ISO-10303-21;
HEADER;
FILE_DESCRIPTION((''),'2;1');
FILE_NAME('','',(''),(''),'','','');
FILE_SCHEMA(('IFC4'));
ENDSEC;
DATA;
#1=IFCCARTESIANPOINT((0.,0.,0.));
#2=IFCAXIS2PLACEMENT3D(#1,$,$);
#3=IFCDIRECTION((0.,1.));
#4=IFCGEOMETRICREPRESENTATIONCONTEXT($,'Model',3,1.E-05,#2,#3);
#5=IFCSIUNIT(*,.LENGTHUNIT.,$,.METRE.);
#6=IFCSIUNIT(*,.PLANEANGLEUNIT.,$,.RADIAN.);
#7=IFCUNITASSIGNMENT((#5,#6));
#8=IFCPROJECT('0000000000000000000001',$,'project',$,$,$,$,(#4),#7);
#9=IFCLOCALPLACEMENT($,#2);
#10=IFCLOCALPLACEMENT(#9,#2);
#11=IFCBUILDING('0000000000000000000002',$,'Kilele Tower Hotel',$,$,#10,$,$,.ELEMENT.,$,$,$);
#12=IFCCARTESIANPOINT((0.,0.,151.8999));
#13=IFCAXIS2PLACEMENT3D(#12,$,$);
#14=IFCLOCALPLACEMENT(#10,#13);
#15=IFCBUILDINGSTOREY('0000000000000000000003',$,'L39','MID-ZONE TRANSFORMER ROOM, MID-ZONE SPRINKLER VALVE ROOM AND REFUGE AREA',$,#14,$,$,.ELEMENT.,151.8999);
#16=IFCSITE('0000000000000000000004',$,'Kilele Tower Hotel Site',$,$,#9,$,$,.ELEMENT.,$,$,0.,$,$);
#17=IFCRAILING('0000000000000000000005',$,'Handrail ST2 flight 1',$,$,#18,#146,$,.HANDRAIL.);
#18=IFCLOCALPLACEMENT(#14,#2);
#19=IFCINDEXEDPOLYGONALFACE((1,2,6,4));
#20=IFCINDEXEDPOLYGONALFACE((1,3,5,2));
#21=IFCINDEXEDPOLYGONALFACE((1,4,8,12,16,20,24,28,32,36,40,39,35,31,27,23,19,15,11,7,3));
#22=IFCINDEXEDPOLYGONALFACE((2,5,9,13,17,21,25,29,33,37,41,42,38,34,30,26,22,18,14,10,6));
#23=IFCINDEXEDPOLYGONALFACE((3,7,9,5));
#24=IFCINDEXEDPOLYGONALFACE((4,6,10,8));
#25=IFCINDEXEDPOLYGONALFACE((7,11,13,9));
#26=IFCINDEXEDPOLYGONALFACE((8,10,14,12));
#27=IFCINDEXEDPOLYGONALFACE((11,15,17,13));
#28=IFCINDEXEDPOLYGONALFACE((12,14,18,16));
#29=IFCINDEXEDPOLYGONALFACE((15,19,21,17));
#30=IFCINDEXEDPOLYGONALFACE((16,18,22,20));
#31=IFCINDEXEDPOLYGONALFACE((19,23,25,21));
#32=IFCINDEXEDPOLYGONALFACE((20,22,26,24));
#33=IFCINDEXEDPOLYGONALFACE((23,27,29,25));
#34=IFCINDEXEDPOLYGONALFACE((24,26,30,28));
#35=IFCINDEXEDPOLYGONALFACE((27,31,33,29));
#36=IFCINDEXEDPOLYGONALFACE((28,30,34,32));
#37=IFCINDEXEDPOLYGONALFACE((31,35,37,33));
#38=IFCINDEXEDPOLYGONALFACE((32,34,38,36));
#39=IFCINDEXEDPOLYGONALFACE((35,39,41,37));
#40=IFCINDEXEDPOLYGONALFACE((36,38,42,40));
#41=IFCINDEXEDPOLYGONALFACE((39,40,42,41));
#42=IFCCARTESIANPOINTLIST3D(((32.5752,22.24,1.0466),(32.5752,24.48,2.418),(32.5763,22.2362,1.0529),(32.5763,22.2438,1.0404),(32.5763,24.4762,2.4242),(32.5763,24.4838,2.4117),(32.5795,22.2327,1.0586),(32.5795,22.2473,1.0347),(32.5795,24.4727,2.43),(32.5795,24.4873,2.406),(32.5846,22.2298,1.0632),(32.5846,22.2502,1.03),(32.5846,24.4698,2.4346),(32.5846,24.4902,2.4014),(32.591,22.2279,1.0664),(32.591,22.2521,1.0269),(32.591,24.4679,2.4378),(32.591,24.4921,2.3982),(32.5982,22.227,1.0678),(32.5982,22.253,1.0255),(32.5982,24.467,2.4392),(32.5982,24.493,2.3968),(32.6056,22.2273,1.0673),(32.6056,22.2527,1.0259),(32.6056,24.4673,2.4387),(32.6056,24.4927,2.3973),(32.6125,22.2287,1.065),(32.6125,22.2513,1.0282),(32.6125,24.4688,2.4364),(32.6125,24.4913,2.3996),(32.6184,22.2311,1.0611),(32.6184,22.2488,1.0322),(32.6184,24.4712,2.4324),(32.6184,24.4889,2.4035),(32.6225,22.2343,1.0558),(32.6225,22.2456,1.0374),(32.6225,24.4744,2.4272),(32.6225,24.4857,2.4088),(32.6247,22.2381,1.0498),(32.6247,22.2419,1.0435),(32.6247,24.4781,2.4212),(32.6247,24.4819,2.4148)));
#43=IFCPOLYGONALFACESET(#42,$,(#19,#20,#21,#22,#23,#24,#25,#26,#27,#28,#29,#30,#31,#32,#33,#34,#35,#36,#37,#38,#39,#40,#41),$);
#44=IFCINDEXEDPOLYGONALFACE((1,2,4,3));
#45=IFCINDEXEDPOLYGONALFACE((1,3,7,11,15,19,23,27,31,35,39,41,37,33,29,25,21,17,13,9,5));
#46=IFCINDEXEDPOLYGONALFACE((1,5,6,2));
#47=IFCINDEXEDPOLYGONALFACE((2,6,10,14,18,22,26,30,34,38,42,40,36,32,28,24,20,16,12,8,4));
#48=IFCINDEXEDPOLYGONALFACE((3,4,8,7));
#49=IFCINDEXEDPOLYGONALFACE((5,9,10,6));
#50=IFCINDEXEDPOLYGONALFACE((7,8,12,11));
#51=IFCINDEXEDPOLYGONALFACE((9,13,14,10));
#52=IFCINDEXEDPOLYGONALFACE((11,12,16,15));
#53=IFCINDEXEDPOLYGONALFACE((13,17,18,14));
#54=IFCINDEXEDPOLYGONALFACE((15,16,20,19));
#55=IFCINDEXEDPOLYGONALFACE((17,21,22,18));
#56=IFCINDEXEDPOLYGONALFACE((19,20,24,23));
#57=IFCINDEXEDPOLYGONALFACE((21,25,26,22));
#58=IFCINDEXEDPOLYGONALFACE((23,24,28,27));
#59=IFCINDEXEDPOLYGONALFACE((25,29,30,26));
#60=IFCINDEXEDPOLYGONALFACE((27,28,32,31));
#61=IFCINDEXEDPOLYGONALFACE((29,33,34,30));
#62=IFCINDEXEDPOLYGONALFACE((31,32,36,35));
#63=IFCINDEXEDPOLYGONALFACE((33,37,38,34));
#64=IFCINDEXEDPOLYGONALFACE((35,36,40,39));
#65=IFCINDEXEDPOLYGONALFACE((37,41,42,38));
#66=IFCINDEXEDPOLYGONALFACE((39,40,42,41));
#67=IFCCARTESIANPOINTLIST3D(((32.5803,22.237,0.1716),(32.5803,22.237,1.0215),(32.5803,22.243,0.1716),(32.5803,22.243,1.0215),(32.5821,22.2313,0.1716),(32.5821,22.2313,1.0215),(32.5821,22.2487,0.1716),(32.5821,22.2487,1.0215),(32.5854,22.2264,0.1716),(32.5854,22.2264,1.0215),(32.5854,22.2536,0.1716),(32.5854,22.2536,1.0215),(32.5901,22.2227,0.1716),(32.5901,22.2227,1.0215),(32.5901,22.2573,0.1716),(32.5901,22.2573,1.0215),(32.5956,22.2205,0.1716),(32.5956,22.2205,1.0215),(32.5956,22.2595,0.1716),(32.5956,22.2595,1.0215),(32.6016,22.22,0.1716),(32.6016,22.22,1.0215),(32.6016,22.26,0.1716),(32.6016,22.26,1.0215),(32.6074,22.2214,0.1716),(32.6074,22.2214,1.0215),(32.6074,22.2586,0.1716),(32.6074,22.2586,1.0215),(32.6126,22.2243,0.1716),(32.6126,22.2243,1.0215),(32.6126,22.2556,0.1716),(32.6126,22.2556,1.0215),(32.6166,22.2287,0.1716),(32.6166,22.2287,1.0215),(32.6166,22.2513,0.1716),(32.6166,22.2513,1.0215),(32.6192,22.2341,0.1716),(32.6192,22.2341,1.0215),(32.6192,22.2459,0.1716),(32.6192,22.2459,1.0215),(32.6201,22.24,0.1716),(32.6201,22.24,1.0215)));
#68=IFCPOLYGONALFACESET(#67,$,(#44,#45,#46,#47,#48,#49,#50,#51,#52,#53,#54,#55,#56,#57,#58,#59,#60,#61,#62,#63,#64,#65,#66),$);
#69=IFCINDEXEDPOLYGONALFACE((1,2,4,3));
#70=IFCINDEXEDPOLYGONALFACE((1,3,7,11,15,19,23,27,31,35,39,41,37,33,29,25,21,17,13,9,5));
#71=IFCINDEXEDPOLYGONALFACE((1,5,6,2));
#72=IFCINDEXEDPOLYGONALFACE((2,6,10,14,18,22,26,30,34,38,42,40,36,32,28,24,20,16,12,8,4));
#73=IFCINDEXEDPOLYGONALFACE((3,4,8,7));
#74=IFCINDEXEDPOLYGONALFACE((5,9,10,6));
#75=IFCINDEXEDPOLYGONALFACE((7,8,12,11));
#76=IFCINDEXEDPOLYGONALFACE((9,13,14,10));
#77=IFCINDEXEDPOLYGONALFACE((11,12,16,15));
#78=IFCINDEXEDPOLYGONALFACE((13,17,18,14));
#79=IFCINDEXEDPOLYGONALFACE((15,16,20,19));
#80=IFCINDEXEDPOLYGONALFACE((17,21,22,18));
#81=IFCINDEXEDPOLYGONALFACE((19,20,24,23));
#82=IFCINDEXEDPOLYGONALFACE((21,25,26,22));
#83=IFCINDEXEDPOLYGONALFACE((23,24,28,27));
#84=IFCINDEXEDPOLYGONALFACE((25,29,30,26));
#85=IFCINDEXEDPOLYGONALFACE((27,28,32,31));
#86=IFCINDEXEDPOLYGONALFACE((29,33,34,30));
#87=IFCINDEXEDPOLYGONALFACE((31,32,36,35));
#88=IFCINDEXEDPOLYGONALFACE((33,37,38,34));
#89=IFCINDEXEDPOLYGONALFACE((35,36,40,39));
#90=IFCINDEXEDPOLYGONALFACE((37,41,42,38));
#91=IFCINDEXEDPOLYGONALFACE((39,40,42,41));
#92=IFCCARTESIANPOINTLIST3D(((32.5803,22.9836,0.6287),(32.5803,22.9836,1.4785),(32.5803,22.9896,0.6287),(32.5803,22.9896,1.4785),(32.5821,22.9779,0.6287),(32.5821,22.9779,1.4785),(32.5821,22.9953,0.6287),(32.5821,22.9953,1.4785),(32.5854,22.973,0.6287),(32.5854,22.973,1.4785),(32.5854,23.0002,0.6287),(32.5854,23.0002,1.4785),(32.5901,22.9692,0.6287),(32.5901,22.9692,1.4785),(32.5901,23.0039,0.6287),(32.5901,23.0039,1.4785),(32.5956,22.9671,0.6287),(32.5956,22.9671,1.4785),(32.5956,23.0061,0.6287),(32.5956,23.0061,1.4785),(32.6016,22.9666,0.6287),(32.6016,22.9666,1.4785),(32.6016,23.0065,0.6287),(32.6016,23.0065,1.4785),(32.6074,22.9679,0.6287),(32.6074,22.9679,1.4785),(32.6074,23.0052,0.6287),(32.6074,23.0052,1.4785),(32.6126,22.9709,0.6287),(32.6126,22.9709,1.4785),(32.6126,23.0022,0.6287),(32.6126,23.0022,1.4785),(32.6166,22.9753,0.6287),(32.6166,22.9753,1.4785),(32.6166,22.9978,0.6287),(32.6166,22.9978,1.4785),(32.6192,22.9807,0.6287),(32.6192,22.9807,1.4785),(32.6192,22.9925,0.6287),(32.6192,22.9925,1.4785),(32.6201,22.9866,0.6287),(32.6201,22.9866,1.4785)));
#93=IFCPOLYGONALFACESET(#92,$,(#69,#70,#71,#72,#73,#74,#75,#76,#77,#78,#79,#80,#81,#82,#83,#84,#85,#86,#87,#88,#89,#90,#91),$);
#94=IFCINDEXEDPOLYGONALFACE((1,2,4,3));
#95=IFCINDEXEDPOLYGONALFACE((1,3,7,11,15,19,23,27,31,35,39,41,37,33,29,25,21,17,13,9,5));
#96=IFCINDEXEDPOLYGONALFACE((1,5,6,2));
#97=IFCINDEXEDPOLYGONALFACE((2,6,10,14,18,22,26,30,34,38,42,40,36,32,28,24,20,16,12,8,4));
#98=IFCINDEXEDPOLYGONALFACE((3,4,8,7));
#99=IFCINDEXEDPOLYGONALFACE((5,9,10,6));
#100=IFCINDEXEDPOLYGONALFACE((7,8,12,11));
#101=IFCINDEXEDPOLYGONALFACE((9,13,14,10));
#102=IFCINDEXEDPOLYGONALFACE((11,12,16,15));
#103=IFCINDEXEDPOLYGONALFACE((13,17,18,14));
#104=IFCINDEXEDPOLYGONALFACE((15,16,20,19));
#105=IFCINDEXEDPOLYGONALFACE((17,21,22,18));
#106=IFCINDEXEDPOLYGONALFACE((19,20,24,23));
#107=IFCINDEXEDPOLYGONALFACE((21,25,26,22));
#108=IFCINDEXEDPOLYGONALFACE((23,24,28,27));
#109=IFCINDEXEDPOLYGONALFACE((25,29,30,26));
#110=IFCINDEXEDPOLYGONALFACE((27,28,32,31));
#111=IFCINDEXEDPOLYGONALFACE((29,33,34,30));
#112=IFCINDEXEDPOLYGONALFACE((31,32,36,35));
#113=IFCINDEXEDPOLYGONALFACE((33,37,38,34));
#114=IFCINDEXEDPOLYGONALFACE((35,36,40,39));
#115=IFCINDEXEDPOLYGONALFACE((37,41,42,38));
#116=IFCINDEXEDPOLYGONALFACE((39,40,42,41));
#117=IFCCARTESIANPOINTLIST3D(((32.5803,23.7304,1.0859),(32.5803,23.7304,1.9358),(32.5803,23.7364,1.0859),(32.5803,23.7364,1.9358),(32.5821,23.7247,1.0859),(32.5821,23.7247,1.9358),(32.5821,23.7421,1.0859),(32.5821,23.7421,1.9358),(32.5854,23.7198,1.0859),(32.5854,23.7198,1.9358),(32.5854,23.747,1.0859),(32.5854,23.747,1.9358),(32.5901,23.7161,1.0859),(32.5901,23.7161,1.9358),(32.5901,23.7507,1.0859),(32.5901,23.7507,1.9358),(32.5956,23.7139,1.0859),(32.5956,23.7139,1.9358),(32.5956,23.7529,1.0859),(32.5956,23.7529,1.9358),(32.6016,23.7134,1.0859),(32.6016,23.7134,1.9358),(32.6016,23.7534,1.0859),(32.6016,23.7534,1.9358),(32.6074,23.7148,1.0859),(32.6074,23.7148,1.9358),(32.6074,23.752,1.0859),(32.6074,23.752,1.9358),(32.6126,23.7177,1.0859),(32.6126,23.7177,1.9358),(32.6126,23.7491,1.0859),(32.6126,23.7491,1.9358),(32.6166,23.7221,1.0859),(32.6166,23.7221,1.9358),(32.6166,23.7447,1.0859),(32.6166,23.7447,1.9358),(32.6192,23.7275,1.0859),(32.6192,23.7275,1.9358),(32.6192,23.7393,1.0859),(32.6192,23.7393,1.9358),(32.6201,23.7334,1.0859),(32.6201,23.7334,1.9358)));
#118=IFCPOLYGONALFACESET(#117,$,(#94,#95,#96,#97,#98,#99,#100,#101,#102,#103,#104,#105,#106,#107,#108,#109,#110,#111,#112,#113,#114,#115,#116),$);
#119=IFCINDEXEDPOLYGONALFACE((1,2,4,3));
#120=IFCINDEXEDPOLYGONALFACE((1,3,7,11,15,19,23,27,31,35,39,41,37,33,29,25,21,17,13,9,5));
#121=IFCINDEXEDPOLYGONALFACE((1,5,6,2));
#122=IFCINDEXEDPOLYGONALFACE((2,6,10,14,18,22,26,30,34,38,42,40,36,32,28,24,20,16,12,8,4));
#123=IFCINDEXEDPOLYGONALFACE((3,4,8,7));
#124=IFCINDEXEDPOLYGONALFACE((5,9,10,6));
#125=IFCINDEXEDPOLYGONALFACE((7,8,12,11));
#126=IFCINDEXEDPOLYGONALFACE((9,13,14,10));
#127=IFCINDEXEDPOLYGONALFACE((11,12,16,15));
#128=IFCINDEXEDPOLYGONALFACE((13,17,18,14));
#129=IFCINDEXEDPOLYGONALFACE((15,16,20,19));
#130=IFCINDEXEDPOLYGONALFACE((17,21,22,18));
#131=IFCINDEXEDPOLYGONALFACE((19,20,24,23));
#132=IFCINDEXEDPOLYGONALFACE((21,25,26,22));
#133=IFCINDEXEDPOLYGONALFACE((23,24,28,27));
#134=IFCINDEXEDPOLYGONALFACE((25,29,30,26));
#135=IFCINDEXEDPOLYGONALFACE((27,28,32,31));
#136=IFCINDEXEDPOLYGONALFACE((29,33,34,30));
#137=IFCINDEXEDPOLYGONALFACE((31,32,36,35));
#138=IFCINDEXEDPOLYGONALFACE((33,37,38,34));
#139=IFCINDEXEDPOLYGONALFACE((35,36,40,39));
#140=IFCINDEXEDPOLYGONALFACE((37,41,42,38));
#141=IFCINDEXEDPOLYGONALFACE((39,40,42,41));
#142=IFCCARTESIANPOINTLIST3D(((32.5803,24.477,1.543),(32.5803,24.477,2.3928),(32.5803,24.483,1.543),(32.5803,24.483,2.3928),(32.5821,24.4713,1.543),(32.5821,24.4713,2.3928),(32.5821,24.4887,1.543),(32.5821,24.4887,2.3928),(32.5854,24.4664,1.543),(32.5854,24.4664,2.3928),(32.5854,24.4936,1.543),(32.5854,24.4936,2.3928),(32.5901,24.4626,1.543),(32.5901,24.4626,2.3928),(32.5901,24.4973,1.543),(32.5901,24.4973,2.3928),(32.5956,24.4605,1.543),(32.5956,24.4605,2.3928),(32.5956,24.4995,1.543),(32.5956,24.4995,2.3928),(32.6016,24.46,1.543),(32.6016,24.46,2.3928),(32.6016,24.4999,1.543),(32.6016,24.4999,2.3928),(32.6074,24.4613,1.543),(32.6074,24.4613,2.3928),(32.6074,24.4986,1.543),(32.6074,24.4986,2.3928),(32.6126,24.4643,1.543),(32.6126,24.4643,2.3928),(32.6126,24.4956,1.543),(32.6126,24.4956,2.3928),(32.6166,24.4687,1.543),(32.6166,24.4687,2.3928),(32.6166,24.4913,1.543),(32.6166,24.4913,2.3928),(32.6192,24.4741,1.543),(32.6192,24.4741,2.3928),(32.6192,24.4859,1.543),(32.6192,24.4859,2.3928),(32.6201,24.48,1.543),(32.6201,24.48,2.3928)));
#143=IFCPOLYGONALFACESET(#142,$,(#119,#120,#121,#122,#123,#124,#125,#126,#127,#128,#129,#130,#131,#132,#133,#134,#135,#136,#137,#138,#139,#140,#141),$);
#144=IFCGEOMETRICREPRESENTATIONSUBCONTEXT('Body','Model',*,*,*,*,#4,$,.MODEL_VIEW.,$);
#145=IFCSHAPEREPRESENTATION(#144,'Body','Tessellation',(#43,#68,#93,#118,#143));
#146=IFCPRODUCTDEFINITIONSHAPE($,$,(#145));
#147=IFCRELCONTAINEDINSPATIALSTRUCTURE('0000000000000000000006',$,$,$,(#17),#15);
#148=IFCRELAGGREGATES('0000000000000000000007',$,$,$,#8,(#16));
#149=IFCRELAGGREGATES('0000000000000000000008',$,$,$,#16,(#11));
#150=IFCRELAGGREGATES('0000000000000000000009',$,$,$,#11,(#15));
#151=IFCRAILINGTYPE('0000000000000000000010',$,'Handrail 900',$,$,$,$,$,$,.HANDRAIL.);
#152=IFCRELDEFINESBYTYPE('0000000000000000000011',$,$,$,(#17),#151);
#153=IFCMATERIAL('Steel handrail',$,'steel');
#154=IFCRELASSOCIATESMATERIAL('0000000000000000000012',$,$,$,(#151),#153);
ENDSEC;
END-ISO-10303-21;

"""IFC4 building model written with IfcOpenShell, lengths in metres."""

from ifc_helpers import new_model, si_unit, direction, frame, origin, origin_2d, place, context, subcontext, project, spatial, circle, extrude, material, type_object, element, save


model = new_model("IFC4")

# Units and contexts
model_context = context("Model", 3, precision=1e-05, world=origin(), true_north=direction((0.0, 1.0)))
body_context = subcontext(model_context, "Body", "Model", "MODEL_VIEW")
ifc_project = project(units=[si_unit("LENGTHUNIT", "METRE"), si_unit("PLANEANGLEUNIT", "RADIAN")], contexts=[model_context])

# Site, building, storey
site_placement = place(None, origin())
site = spatial("IfcSite", under=ifc_project, at=site_placement, Name="Kilele Tower Hotel Site", CompositionType="ELEMENT", RefElevation=0.0)
building_placement = place(site_placement, origin())
building = spatial("IfcBuilding", under=site, at=building_placement, Name="Kilele Tower Hotel", CompositionType="ELEMENT")
storey_placement = place(building_placement, frame((0.0, 0.0, 151.8999)))
storey = spatial("IfcBuildingStorey", under=building, at=storey_placement, Name="L39", Description="MID-ZONE TRANSFORMER ROOM, MID-ZONE SPRINKLER VALVE ROOM AND REFUGE AREA", CompositionType="ELEMENT", Elevation=151.8999)

# Railing
ifc_material_1 = material(Name="Steel handrail", Category="steel")
railing_type_1 = type_object("IfcRailingType", Name="Handrail 900", PredefinedType="HANDRAIL", material=ifc_material_1)
for number, where, name in (
    (1, (32.6001, 22.24, 0.1716), "Handrail ST2 flight 1"),
):
    element("IfcRailing", number, at=place(storey_placement, frame(where)), inside=storey, type_object=railing_type_1, Name=name, PredefinedType="HANDRAIL", context=body_context, shape_type="SweptSolid", body=[
        extrude(circle(Radius=0.0249, at=origin_2d()), frame((0.0, 0.0, 0.875), z_axis=(0.0, 0.852866, 0.52213), x_axis=(-1.0, 0.0, 0.0)), (0.0, 0.0, 1.0), 2.6265),
        extrude(circle(Radius=0.02, at=origin_2d()), origin(), (0.0, 0.0, 1.0), 0.8499),
        extrude(circle(Radius=0.02, at=origin_2d()), frame((0.0, 0.7466, 0.457)), (0.0, 0.0, 1.0), 0.8499),
        extrude(circle(Radius=0.02, at=origin_2d()), frame((0.0, 1.4934, 0.9143)), (0.0, 0.0, 1.0), 0.8499),
        extrude(circle(Radius=0.02, at=origin_2d()), frame((0.0, 2.24, 1.3713)), (0.0, 0.0, 1.0), 0.8499),
    ])

save(model, "model.ifc")
